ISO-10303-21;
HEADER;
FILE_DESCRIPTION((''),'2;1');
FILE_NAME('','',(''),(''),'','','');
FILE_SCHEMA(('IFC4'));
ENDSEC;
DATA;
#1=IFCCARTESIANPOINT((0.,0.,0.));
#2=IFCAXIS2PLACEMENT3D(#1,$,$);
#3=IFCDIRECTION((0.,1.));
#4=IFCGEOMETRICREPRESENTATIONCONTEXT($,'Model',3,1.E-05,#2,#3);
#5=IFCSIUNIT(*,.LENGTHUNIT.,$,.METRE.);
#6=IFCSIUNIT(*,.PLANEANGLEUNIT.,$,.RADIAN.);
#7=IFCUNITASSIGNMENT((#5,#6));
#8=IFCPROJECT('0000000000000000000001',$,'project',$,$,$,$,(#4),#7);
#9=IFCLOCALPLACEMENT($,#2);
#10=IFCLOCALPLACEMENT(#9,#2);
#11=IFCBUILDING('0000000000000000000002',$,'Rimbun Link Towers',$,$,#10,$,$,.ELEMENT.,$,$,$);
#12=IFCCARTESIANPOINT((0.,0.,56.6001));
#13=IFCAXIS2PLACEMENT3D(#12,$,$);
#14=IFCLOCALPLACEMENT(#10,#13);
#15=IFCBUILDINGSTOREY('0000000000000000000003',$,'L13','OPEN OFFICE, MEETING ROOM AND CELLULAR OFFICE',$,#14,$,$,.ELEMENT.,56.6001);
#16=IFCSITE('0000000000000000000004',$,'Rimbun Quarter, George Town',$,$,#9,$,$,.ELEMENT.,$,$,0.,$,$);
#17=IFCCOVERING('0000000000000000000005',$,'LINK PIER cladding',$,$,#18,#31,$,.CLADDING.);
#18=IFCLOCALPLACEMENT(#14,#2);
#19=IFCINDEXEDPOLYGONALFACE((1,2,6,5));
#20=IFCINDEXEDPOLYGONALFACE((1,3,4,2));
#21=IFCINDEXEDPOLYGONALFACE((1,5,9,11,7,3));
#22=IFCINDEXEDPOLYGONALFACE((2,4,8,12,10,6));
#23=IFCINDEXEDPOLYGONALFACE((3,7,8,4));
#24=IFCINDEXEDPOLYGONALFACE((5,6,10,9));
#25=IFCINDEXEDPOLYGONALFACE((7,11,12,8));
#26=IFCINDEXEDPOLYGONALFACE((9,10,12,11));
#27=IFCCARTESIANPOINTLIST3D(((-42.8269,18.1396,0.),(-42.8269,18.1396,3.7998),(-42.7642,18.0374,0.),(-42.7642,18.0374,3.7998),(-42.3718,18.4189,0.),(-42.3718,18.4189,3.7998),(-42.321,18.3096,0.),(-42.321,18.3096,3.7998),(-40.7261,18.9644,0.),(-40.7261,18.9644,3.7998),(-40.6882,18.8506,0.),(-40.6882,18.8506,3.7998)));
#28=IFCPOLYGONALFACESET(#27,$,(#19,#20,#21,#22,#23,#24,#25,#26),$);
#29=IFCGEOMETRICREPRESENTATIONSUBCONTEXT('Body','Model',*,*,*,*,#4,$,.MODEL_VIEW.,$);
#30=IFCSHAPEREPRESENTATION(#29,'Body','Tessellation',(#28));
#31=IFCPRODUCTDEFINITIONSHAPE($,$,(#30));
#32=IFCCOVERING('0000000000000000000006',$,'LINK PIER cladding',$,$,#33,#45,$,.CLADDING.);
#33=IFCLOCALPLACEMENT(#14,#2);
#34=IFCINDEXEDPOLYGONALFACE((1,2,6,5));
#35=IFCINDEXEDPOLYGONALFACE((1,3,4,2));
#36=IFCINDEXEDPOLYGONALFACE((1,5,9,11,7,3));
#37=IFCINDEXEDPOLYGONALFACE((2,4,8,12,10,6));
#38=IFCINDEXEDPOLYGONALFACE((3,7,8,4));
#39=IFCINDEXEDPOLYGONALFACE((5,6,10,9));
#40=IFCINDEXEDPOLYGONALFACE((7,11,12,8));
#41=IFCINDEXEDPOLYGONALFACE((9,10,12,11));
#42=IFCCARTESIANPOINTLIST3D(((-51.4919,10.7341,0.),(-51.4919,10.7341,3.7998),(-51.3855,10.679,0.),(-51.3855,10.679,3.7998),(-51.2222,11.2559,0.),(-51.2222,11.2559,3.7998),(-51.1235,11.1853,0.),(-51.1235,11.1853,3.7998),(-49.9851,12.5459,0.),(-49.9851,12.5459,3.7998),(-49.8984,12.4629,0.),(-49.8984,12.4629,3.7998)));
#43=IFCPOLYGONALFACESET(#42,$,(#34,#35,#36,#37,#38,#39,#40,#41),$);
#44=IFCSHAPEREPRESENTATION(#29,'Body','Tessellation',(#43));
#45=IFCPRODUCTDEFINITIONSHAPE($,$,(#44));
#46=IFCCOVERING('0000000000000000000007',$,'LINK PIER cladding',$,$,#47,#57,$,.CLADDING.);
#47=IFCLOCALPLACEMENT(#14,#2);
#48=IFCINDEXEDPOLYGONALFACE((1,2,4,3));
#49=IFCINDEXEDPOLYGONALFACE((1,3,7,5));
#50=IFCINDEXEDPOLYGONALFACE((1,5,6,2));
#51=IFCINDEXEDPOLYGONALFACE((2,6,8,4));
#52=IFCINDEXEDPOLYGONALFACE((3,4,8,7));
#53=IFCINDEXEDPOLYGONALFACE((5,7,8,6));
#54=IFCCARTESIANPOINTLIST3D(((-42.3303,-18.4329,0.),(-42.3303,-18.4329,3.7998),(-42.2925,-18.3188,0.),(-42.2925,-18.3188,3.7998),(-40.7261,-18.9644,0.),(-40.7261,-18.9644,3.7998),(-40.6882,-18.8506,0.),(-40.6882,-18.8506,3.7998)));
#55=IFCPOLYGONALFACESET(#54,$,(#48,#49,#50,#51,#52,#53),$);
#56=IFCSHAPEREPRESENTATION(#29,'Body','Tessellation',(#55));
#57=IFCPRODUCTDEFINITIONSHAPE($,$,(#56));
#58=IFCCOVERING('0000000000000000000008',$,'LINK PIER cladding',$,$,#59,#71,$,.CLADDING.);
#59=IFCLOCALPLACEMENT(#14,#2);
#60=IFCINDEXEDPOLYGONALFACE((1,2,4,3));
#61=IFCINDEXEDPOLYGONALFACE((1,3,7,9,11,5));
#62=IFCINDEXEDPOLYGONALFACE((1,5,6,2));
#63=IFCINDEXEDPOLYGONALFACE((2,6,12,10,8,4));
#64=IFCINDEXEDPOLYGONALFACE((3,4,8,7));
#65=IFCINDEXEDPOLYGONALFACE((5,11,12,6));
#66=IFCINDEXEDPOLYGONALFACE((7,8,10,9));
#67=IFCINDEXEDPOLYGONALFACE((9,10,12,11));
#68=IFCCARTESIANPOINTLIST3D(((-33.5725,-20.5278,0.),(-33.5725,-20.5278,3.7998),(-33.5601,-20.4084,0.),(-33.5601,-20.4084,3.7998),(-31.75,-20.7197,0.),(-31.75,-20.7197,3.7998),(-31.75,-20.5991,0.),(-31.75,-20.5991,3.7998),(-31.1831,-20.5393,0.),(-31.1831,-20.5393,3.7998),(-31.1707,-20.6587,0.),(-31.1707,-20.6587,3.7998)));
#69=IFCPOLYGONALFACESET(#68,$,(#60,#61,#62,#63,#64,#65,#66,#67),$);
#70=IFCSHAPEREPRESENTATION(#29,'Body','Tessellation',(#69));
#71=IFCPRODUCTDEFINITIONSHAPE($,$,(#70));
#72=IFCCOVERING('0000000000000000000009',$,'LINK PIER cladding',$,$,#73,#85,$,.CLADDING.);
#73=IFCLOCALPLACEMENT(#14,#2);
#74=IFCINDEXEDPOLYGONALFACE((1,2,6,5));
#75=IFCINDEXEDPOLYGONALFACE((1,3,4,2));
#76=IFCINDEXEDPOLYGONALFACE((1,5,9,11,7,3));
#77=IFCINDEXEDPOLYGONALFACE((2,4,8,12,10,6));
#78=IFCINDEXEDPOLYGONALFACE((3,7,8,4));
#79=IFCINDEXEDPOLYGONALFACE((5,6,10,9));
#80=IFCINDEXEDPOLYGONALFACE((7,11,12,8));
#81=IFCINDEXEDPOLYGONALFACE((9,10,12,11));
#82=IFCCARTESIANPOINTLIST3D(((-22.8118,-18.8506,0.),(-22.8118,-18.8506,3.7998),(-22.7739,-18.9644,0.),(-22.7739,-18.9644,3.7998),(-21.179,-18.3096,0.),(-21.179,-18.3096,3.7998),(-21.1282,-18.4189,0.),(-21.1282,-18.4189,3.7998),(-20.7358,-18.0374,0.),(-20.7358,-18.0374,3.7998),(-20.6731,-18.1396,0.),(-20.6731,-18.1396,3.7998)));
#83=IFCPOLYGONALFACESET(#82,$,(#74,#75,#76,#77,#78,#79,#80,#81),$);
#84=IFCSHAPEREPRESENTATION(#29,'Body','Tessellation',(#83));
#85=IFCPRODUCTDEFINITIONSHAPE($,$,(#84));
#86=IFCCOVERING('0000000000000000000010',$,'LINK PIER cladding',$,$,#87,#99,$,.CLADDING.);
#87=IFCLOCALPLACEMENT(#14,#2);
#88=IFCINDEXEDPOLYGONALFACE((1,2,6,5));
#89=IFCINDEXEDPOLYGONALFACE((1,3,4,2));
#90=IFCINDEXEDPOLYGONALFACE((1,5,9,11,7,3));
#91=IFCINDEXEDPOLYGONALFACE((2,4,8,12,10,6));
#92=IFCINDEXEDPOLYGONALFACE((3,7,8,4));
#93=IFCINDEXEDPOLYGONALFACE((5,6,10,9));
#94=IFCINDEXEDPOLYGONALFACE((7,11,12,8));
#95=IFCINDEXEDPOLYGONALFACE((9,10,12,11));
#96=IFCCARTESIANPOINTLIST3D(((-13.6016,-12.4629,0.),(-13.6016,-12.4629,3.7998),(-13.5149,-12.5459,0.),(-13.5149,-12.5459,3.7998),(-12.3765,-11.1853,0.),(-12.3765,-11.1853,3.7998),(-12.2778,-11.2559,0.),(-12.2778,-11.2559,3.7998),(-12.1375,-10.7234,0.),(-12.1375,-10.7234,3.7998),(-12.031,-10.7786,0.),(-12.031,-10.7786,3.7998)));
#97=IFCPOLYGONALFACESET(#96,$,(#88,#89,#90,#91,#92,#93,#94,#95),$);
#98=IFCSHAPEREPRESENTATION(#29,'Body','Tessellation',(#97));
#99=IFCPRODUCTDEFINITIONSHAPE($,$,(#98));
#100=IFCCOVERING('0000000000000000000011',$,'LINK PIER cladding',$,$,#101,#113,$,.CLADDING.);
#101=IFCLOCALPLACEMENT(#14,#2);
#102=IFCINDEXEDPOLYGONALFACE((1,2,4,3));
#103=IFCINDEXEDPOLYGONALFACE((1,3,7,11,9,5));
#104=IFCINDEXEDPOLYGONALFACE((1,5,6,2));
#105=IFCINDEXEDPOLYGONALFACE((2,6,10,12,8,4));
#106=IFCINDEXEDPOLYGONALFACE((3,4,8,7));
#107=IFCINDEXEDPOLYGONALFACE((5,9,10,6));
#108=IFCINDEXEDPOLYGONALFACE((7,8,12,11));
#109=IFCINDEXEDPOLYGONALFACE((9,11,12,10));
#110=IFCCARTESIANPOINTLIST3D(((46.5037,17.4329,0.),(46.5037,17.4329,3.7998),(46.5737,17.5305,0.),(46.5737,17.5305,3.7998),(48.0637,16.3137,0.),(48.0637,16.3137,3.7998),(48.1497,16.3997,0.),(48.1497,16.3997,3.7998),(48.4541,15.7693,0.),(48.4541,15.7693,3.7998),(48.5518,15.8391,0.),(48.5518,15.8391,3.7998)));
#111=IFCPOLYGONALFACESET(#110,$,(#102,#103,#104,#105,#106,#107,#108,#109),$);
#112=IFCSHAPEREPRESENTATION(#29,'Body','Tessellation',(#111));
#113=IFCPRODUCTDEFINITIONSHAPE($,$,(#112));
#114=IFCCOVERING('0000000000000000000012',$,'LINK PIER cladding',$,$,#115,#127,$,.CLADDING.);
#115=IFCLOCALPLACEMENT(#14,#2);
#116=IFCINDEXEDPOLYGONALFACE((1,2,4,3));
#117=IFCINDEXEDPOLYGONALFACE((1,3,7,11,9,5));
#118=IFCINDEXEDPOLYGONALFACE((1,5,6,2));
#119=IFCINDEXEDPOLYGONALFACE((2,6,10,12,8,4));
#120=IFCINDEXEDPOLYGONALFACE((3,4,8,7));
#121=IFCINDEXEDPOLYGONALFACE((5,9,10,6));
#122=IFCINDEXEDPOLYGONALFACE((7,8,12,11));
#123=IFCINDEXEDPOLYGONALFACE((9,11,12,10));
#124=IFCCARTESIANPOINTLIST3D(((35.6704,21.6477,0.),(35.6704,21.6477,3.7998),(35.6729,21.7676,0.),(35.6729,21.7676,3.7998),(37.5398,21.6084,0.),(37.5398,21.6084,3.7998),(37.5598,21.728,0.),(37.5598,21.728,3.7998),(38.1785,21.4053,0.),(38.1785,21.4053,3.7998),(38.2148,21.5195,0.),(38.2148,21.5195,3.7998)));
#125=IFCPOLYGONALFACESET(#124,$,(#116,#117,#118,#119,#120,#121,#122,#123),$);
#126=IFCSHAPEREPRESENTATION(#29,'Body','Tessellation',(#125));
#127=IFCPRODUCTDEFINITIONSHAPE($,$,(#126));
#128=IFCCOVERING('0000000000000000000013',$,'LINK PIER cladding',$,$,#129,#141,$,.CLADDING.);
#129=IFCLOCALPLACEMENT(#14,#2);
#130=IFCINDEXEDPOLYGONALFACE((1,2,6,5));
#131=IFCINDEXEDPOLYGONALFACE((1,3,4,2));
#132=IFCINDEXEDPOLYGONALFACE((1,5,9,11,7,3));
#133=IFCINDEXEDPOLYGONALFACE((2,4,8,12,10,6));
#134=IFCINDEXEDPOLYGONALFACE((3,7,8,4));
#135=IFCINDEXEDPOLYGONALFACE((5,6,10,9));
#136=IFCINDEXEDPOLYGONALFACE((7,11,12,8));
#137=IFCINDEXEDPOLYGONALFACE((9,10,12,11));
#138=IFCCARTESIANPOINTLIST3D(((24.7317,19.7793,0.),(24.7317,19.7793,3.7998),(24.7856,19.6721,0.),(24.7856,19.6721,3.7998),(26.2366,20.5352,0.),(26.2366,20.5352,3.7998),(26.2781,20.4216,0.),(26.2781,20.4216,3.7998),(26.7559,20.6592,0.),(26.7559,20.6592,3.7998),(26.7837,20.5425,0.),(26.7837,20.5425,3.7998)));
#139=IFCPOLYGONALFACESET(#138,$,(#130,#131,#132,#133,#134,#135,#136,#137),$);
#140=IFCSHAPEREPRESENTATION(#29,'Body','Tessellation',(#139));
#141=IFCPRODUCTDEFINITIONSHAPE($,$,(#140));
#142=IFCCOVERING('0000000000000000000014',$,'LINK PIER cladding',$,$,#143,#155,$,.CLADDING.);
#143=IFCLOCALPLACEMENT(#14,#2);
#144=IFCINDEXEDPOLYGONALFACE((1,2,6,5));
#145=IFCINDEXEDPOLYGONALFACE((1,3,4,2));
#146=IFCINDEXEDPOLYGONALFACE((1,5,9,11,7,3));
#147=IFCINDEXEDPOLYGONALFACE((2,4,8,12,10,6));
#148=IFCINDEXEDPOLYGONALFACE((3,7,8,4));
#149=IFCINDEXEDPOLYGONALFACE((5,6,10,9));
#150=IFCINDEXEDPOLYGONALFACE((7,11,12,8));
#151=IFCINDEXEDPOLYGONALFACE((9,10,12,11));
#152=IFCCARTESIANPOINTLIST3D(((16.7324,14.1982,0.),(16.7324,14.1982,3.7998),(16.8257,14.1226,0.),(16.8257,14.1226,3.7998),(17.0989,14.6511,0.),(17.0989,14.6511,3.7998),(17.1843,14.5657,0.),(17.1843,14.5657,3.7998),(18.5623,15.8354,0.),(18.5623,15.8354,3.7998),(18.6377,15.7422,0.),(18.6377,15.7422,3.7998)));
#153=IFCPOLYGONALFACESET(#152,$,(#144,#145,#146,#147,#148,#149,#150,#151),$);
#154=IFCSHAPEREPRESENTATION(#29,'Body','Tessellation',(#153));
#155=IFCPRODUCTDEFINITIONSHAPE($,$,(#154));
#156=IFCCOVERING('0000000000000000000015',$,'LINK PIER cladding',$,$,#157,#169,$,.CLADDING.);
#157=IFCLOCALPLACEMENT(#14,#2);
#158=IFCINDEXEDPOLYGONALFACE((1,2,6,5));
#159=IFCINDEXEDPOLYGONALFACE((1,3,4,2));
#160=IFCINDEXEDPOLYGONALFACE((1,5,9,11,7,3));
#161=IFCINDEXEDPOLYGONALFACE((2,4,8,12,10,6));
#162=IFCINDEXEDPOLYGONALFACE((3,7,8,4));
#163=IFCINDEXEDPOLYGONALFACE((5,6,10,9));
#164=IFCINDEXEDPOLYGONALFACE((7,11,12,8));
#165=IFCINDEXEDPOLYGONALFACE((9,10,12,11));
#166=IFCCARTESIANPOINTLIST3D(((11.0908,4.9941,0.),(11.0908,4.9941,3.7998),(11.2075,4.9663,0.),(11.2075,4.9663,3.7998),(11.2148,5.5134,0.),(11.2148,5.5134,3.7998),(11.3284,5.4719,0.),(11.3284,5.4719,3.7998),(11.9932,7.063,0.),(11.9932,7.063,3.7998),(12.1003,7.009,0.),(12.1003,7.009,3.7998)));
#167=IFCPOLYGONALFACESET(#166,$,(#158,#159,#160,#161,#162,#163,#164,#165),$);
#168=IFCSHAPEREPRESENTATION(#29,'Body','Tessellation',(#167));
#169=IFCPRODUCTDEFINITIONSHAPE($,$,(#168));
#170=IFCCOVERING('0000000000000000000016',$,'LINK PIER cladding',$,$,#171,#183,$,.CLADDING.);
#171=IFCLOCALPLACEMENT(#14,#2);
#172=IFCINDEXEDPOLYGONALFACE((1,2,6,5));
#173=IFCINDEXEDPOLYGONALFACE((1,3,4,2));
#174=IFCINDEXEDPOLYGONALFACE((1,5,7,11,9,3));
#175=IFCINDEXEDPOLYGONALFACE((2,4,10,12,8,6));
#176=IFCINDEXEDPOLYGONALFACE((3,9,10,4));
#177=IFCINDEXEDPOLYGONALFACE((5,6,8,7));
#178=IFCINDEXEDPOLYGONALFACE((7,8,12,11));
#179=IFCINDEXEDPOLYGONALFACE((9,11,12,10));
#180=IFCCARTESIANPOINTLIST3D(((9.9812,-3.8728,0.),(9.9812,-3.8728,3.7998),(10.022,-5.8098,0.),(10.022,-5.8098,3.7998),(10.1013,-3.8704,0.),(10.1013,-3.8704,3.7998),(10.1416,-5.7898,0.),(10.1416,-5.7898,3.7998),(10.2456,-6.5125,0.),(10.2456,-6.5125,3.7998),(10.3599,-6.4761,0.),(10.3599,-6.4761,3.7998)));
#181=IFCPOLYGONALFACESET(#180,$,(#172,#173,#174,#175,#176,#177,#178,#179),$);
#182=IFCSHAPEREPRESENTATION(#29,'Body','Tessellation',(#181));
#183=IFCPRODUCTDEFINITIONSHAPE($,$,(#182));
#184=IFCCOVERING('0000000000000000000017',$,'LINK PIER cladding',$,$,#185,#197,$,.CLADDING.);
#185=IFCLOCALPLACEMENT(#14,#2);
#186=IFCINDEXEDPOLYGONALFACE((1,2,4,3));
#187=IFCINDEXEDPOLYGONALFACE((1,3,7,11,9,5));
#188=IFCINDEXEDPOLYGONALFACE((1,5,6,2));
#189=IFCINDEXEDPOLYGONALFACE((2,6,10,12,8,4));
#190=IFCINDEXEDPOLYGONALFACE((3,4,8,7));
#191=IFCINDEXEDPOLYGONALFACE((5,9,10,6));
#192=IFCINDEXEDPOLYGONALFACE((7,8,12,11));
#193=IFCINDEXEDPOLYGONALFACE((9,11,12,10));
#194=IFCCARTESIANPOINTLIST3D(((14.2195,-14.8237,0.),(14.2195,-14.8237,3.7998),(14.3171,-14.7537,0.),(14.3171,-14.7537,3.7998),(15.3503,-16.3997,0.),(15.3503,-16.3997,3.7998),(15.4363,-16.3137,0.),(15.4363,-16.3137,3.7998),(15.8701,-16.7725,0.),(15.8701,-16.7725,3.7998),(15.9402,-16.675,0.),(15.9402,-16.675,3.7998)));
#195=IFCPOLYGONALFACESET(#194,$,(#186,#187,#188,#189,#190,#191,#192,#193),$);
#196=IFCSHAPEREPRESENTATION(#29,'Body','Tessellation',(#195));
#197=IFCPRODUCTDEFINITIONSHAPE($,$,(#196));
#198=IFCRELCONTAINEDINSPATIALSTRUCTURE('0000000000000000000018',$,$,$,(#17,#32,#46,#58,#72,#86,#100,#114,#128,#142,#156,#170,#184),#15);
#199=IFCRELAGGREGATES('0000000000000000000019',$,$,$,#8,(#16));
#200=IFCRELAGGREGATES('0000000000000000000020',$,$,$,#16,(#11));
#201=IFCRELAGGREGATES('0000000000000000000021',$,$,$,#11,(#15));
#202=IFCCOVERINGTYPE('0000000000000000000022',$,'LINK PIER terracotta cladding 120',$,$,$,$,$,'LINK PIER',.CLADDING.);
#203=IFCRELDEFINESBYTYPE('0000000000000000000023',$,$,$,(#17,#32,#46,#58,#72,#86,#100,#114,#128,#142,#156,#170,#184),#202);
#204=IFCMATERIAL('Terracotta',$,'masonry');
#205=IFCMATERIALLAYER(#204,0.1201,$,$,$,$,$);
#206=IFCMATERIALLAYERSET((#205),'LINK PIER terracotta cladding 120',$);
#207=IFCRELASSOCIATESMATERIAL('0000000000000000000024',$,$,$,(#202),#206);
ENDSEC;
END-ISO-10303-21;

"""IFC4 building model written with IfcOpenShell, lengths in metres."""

from ifc_helpers import new_model, si_unit, direction, frame, origin, place, context, subcontext, project, spatial, polyline, outline, extrude, material, layer, layer_set, type_object, element, save


model = new_model("IFC4")

# Units and contexts
model_context = context("Model", 3, precision=1e-05, world=origin(), true_north=direction((0.0, 1.0)))
body_context = subcontext(model_context, "Body", "Model", "MODEL_VIEW")
ifc_project = project(units=[si_unit("LENGTHUNIT", "METRE"), si_unit("PLANEANGLEUNIT", "RADIAN")], contexts=[model_context])

# Site, building, storey
site_placement = place(None, origin())
site = spatial("IfcSite", under=ifc_project, at=site_placement, Name="Rimbun Quarter, George Town", CompositionType="ELEMENT", RefElevation=0.0)
building_placement = place(site_placement, origin())
building = spatial("IfcBuilding", under=site, at=building_placement, Name="Rimbun Link Towers", CompositionType="ELEMENT")
storey_placement = place(building_placement, frame((0.0, 0.0, 56.6001)))
storey = spatial("IfcBuildingStorey", under=building, at=storey_placement, Name="L13", Description="OPEN OFFICE, MEETING ROOM AND CELLULAR OFFICE", CompositionType="ELEMENT", Elevation=56.6001)

# Coverings
ifc_material_1 = material(Name="Terracotta", Category="masonry")
ifc_layer_1 = layer(ifc_material_1, 0.1201)
ifc_layer_set_1 = layer_set([ifc_layer_1], Name="LINK PIER terracotta cladding 120")
covering_type_1 = type_object("IfcCoveringType", Name="LINK PIER terracotta cladding 120", ElementType="LINK PIER", PredefinedType="CLADDING", material=ifc_layer_set_1)
covering_1_placement = place(storey_placement, origin())
element("IfcCovering", 1, at=covering_1_placement, inside=storey, type_object=covering_type_1, Name="LINK PIER cladding", PredefinedType="CLADDING", context=body_context, shape_type="SweptSolid", body=[
    extrude(outline(polyline([(-42.7642, 18.0374), (-42.321, 18.3096), (-40.6882, 18.8506), (-40.7261, 18.9644), (-42.3718, 18.4189), (-42.8269, 18.1396), (-42.7642, 18.0374)])), origin(), (0.0, 0.0, 1.0), 3.7998),
])
covering_2_placement = place(storey_placement, origin())
element("IfcCovering", 2, at=covering_2_placement, inside=storey, type_object=covering_type_1, Name="LINK PIER cladding", PredefinedType="CLADDING", context=body_context, shape_type="SweptSolid", body=[
    extrude(outline(polyline([(-51.3855, 10.679), (-51.1235, 11.1853), (-49.8984, 12.4629), (-49.9851, 12.5459), (-51.2222, 11.2559), (-51.4919, 10.7341), (-51.3855, 10.679)])), origin(), (0.0, 0.0, 1.0), 3.7998),
])
covering_3_placement = place(storey_placement, origin())
element("IfcCovering", 3, at=covering_3_placement, inside=storey, type_object=covering_type_1, Name="LINK PIER cladding", PredefinedType="CLADDING", context=body_context, shape_type="SweptSolid", body=[
    extrude(outline(polyline([(-40.6882, -18.8506), (-42.2925, -18.3188), (-42.3303, -18.4329), (-40.7261, -18.9644), (-40.6882, -18.8506)])), origin(), (0.0, 0.0, 1.0), 3.7998),
])
covering_4_placement = place(storey_placement, origin())
element("IfcCovering", 4, at=covering_4_placement, inside=storey, type_object=covering_type_1, Name="LINK PIER cladding", PredefinedType="CLADDING", context=body_context, shape_type="SweptSolid", body=[
    extrude(outline(polyline([(-31.1831, -20.5393), (-31.75, -20.5991), (-33.5601, -20.4084), (-33.5725, -20.5278), (-31.75, -20.7197), (-31.1707, -20.6587), (-31.1831, -20.5393)])), origin(), (0.0, 0.0, 1.0), 3.7998),
])
covering_5_placement = place(storey_placement, origin())
element("IfcCovering", 5, at=covering_5_placement, inside=storey, type_object=covering_type_1, Name="LINK PIER cladding", PredefinedType="CLADDING", context=body_context, shape_type="SweptSolid", body=[
    extrude(outline(polyline([(-20.7358, -18.0374), (-21.179, -18.3096), (-22.8118, -18.8506), (-22.7739, -18.9644), (-21.1282, -18.4189), (-20.6731, -18.1396), (-20.7358, -18.0374)])), origin(), (0.0, 0.0, 1.0), 3.7998),
])
covering_6_placement = place(storey_placement, origin())
element("IfcCovering", 6, at=covering_6_placement, inside=storey, type_object=covering_type_1, Name="LINK PIER cladding", PredefinedType="CLADDING", context=body_context, shape_type="SweptSolid", body=[
    extrude(outline(polyline([(-12.1375, -10.7234), (-12.3765, -11.1853), (-13.6016, -12.4629), (-13.5149, -12.5459), (-12.2778, -11.2559), (-12.031, -10.7786), (-12.1375, -10.7234)])), origin(), (0.0, 0.0, 1.0), 3.7998),
])
covering_7_placement = place(storey_placement, origin())
element("IfcCovering", 7, at=covering_7_placement, inside=storey, type_object=covering_type_1, Name="LINK PIER cladding", PredefinedType="CLADDING", context=body_context, shape_type="SweptSolid", body=[
    extrude(outline(polyline([(46.5037, 17.4329), (48.0637, 16.3137), (48.4541, 15.7693), (48.5518, 15.8391), (48.1497, 16.3997), (46.5737, 17.5305), (46.5037, 17.4329)])), origin(), (0.0, 0.0, 1.0), 3.7998),
])
covering_8_placement = place(storey_placement, origin())
element("IfcCovering", 8, at=covering_8_placement, inside=storey, type_object=covering_type_1, Name="LINK PIER cladding", PredefinedType="CLADDING", context=body_context, shape_type="SweptSolid", body=[
    extrude(outline(polyline([(35.6704, 21.6477), (37.5398, 21.6084), (38.1785, 21.4053), (38.2148, 21.5195), (37.5598, 21.728), (35.6729, 21.7676), (35.6704, 21.6477)])), origin(), (0.0, 0.0, 1.0), 3.7998),
])
covering_9_placement = place(storey_placement, origin())
element("IfcCovering", 9, at=covering_9_placement, inside=storey, type_object=covering_type_1, Name="LINK PIER cladding", PredefinedType="CLADDING", context=body_context, shape_type="SweptSolid", body=[
    extrude(outline(polyline([(24.7856, 19.6721), (26.2781, 20.4216), (26.7837, 20.5425), (26.7559, 20.6592), (26.2366, 20.5352), (24.7317, 19.7793), (24.7856, 19.6721)])), origin(), (0.0, 0.0, 1.0), 3.7998),
])
covering_10_placement = place(storey_placement, origin())
element("IfcCovering", 10, at=covering_10_placement, inside=storey, type_object=covering_type_1, Name="LINK PIER cladding", PredefinedType="CLADDING", context=body_context, shape_type="SweptSolid", body=[
    extrude(outline(polyline([(16.8257, 14.1226), (17.1843, 14.5657), (18.6377, 15.7422), (18.5623, 15.8354), (17.0989, 14.6511), (16.7324, 14.1982), (16.8257, 14.1226)])), origin(), (0.0, 0.0, 1.0), 3.7998),
])
covering_11_placement = place(storey_placement, origin())
element("IfcCovering", 11, at=covering_11_placement, inside=storey, type_object=covering_type_1, Name="LINK PIER cladding", PredefinedType="CLADDING", context=body_context, shape_type="SweptSolid", body=[
    extrude(outline(polyline([(11.2075, 4.9663), (11.3284, 5.4719), (12.1003, 7.009), (11.9932, 7.063), (11.2148, 5.5134), (11.0908, 4.9941), (11.2075, 4.9663)])), origin(), (0.0, 0.0, 1.0), 3.7998),
])
covering_12_placement = place(storey_placement, origin())
element("IfcCovering", 12, at=covering_12_placement, inside=storey, type_object=covering_type_1, Name="LINK PIER cladding", PredefinedType="CLADDING", context=body_context, shape_type="SweptSolid", body=[
    extrude(outline(polyline([(10.3599, -6.4761), (10.1416, -5.7898), (10.1013, -3.8704), (9.9812, -3.8728), (10.022, -5.8098), (10.2456, -6.5125), (10.3599, -6.4761)])), origin(), (0.0, 0.0, 1.0), 3.7998),
])
covering_13_placement = place(storey_placement, origin())
element("IfcCovering", 13, at=covering_13_placement, inside=storey, type_object=covering_type_1, Name="LINK PIER cladding", PredefinedType="CLADDING", context=body_context, shape_type="SweptSolid", body=[
    extrude(outline(polyline([(15.9402, -16.675), (15.4363, -16.3137), (14.3171, -14.7537), (14.2195, -14.8237), (15.3503, -16.3997), (15.8701, -16.7725), (15.9402, -16.675)])), origin(), (0.0, 0.0, 1.0), 3.7998),
])

save(model, "model.ifc")
